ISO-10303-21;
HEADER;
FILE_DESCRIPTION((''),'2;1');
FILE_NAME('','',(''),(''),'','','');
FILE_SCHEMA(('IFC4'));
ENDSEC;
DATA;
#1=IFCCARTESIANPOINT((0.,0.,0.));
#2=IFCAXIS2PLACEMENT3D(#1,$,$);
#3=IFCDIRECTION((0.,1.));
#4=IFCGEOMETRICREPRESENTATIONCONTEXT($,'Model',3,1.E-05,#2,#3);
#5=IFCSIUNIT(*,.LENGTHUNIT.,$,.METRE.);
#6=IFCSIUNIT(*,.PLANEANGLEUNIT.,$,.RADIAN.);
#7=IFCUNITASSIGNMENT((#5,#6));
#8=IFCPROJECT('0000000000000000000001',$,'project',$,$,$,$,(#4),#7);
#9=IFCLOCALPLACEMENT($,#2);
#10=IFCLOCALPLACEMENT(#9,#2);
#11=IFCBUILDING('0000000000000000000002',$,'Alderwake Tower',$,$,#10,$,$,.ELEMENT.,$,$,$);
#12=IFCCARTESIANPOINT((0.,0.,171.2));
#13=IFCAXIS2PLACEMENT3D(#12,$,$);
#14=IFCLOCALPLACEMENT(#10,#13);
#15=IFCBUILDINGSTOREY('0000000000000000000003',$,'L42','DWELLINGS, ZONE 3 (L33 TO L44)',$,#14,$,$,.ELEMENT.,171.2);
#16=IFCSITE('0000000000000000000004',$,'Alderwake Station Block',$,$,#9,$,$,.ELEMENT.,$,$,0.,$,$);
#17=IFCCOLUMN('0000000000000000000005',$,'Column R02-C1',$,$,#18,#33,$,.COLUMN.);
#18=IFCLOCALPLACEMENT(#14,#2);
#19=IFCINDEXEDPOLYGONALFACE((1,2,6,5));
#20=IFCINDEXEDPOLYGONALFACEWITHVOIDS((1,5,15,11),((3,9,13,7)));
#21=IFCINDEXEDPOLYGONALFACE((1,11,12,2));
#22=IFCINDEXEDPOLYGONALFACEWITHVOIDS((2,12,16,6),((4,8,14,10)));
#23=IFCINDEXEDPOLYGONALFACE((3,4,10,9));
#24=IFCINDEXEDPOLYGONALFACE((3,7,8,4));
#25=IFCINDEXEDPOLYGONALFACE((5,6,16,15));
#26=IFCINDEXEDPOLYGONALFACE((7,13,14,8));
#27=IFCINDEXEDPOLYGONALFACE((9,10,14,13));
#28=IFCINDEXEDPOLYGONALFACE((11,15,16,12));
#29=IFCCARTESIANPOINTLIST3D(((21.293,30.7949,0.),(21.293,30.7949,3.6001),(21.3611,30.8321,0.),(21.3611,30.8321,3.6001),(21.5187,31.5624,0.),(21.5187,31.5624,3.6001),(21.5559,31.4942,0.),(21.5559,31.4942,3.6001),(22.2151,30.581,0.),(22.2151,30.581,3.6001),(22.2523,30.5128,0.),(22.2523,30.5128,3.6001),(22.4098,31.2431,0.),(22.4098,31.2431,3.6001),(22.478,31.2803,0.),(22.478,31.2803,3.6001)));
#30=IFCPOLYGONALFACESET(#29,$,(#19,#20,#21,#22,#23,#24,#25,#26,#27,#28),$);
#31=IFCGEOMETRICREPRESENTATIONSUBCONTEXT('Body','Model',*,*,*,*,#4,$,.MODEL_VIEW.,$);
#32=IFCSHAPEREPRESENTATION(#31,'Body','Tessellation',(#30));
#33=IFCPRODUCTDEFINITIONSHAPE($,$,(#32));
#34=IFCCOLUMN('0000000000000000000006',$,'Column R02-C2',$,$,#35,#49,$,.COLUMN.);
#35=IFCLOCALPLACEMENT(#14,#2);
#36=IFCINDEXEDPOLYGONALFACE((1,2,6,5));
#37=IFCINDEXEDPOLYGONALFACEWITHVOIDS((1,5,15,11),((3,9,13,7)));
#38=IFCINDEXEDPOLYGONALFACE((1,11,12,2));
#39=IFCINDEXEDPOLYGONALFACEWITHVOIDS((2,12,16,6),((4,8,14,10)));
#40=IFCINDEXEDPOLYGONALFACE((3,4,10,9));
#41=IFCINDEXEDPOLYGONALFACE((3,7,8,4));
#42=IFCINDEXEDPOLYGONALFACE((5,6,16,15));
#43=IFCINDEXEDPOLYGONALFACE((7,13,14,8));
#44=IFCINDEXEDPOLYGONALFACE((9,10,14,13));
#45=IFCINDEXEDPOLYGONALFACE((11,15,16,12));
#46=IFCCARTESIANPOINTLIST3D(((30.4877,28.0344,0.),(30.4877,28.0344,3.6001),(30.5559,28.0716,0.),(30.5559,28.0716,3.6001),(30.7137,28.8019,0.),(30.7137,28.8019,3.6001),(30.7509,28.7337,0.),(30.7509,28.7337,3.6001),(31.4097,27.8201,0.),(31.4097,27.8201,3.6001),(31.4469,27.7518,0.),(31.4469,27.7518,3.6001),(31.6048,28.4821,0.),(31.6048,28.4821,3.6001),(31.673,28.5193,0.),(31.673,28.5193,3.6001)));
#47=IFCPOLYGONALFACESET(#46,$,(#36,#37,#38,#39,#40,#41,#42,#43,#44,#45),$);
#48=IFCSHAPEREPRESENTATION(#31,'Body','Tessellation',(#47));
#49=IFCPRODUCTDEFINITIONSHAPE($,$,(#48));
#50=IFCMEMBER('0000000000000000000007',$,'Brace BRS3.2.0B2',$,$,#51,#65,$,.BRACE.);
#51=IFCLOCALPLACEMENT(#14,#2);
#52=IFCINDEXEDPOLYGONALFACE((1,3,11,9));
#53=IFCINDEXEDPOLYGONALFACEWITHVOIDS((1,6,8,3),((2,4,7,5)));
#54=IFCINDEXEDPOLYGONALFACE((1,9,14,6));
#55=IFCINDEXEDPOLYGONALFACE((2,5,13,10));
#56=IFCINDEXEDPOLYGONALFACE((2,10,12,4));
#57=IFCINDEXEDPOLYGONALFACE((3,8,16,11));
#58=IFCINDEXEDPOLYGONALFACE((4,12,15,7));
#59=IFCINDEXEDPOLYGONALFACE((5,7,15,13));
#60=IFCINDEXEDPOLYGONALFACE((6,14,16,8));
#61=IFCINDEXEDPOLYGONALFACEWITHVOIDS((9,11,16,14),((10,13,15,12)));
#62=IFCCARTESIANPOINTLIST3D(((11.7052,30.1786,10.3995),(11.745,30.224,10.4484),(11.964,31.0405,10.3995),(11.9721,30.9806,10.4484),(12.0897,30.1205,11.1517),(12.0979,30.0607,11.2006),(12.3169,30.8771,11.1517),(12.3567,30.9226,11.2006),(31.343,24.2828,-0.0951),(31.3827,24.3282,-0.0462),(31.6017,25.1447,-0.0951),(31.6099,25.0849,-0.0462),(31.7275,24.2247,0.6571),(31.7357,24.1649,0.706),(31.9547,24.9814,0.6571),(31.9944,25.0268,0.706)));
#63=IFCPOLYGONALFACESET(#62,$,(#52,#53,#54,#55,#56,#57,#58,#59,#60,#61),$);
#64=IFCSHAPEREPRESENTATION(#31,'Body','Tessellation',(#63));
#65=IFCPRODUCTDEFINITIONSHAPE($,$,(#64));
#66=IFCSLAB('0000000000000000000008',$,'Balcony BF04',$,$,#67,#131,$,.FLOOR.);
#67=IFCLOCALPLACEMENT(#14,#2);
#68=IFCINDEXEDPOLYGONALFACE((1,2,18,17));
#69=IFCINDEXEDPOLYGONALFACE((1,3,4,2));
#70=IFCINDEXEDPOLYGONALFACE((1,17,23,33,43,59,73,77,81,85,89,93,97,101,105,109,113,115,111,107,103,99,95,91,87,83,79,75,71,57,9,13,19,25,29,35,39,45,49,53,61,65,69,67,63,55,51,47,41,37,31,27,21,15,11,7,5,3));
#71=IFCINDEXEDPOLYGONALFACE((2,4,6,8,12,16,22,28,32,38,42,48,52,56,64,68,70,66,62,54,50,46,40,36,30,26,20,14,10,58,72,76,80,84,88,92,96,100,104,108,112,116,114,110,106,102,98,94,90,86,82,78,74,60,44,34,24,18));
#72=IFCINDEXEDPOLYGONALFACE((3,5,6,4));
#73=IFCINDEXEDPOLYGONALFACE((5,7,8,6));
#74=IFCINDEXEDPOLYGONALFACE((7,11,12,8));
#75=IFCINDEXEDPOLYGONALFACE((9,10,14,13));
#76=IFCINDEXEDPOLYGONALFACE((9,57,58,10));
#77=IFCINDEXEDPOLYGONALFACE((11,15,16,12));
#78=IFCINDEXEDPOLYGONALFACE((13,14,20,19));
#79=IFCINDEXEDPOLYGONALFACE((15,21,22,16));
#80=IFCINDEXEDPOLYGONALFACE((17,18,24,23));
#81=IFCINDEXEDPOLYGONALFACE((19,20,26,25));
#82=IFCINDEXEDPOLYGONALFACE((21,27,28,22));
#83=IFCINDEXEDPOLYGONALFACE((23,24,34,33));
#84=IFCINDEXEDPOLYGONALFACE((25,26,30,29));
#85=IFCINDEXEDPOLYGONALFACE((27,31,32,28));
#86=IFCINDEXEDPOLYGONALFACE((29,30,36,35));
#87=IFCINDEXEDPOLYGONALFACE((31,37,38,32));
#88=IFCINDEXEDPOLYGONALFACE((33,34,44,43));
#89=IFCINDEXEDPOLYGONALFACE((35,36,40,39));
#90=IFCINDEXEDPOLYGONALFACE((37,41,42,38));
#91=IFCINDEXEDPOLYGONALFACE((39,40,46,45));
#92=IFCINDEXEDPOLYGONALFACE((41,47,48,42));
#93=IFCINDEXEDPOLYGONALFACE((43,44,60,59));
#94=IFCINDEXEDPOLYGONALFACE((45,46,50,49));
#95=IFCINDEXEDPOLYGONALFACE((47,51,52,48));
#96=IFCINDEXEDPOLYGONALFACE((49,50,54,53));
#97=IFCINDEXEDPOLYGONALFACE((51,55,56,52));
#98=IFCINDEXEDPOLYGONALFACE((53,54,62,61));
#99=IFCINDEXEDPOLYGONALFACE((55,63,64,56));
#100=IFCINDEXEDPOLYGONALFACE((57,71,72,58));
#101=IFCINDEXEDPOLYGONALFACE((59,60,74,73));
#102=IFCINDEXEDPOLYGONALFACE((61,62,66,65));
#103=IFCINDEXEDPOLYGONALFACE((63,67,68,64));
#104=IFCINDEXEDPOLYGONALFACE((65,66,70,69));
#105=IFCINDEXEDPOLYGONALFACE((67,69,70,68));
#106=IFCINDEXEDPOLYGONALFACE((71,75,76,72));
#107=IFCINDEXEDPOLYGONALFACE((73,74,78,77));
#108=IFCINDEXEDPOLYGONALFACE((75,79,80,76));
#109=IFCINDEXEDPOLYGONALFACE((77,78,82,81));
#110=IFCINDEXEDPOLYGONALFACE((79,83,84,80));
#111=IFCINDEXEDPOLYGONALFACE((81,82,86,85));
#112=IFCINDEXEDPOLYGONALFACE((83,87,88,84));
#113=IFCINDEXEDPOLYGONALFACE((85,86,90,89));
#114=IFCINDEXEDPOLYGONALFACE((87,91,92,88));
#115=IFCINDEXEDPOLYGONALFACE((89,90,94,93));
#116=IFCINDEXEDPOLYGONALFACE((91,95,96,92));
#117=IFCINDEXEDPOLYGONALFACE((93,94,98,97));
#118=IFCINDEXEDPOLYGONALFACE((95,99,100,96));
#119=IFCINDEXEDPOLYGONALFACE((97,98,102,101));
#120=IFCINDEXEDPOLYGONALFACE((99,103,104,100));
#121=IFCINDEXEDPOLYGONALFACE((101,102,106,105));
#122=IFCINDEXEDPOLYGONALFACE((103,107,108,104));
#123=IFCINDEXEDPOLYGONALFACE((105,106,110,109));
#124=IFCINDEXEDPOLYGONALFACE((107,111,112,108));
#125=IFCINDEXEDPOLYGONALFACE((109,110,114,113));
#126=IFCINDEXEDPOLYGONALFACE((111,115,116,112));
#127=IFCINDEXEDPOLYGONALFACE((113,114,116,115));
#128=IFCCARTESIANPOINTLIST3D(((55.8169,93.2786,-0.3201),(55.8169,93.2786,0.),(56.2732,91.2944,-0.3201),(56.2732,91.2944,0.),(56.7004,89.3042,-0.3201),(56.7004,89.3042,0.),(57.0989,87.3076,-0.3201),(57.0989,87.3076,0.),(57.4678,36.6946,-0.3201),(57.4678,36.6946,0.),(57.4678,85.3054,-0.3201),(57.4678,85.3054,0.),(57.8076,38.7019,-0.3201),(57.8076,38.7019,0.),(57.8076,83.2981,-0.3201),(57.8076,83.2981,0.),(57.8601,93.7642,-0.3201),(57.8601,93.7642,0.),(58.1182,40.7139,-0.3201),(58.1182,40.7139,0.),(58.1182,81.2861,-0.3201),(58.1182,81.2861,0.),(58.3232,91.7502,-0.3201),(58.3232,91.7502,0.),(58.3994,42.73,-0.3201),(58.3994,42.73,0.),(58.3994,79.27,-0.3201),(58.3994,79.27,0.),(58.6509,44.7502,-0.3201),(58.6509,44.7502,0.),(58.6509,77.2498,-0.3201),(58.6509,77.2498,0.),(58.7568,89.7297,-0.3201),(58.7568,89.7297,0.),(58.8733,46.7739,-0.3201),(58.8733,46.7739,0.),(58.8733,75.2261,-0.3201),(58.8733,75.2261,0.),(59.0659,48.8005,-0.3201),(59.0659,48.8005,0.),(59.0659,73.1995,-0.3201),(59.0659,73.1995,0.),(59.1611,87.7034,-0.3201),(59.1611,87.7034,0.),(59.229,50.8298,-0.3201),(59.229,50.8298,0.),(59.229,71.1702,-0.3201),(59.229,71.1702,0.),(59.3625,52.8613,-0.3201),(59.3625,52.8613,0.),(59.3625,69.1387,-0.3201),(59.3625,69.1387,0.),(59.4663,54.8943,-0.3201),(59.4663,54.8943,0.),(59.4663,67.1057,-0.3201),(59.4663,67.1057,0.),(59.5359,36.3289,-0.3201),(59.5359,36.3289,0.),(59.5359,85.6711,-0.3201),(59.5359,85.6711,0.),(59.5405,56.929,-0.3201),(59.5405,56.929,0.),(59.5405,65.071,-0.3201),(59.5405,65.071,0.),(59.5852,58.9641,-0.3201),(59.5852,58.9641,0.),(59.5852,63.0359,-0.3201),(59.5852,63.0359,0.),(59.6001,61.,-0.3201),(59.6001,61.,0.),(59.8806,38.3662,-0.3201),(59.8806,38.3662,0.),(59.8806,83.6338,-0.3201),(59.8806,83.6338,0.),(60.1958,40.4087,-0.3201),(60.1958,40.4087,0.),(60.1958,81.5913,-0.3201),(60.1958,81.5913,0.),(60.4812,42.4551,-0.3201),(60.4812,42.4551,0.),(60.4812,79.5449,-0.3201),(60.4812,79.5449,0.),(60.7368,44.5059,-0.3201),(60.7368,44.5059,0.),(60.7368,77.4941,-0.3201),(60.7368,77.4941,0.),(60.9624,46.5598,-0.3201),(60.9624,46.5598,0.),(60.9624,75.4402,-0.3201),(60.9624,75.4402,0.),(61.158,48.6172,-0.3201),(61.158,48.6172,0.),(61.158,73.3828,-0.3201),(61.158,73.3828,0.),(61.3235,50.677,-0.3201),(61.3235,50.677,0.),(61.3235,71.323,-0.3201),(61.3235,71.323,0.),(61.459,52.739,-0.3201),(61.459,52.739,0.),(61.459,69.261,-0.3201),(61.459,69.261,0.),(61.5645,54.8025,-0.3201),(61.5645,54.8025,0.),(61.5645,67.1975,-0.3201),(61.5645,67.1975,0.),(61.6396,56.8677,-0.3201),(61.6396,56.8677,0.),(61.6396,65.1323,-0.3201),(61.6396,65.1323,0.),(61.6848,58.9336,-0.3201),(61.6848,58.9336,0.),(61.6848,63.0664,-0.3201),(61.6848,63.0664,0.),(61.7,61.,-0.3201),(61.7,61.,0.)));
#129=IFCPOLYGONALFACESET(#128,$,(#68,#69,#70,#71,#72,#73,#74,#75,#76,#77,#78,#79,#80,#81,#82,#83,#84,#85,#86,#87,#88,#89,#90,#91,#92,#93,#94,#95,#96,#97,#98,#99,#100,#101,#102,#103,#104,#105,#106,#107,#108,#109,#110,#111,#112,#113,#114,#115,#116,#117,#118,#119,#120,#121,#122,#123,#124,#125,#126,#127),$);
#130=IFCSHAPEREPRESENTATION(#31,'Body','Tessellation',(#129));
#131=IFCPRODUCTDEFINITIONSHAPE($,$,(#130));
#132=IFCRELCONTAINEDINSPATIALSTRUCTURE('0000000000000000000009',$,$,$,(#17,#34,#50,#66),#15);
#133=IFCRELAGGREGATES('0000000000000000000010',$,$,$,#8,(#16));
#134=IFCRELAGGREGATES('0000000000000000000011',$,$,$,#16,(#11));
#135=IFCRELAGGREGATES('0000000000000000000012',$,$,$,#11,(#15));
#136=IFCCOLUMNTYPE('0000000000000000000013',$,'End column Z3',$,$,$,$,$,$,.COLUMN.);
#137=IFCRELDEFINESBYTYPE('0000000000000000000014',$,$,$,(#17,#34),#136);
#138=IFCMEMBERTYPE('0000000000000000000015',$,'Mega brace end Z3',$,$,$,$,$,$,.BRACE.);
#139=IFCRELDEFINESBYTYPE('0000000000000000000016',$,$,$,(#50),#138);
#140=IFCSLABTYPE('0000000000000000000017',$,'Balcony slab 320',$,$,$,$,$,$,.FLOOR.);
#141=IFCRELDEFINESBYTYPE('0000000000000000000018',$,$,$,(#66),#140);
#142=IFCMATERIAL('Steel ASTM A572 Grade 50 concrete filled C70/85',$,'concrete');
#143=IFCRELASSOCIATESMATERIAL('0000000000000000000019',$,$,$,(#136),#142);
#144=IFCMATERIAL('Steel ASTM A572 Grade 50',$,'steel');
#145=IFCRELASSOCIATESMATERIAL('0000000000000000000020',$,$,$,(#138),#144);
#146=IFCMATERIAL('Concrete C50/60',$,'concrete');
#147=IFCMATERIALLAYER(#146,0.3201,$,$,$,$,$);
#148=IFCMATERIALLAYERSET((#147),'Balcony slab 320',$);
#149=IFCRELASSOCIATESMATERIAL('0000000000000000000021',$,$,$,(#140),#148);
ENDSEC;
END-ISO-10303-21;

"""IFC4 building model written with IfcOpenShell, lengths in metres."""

from ifc_helpers import new_model, si_unit, direction, frame, origin, origin_2d, place, context, subcontext, project, spatial, polyline, hollow_rectangle, outline, extrude, material, layer, layer_set, material_profile, profile_set, type_object, element, save


model = new_model("IFC4")

# Units and contexts
model_context = context("Model", 3, precision=1e-05, world=origin(), true_north=direction((0.0, 1.0)))
body_context = subcontext(model_context, "Body", "Model", "MODEL_VIEW")
ifc_project = project(units=[si_unit("LENGTHUNIT", "METRE"), si_unit("PLANEANGLEUNIT", "RADIAN")], contexts=[model_context])

# Site, building, storey
site_placement = place(None, origin())
site = spatial("IfcSite", under=ifc_project, at=site_placement, Name="Alderwake Station Block", CompositionType="ELEMENT", RefElevation=0.0)
building_placement = place(site_placement, origin())
building = spatial("IfcBuilding", under=site, at=building_placement, Name="Alderwake Tower", CompositionType="ELEMENT")
storey_placement = place(building_placement, frame((0.0, 0.0, 171.2)))
storey = spatial("IfcBuildingStorey", under=building, at=storey_placement, Name="L42", Description="DWELLINGS, ZONE 3 (L33 TO L44)", CompositionType="ELEMENT", Elevation=171.2)

# Columns
ifc_material_1 = material(Name="Steel ASTM A572 Grade 50 concrete filled C70/85", Category="concrete")
ifc_material_profile_1 = material_profile(ifc_material_1, hollow_rectangle(XDim=0.8, YDim=1.0, WallThickness=0.0549, at=origin_2d()), Name="BOX 1000X800X55")
ifc_profile_set_1 = profile_set([ifc_material_profile_1], Name="Steel ASTM A572 Grade 50 concrete filled C70/85")
column_type = type_object("IfcColumnType", Name="End column Z3", PredefinedType="COLUMN", material=ifc_profile_set_1)
for number, where, z_axis, x_axis, name in (
    (1, (21.8855, 31.0376, 0.0), (0.0, 0.0, 1.0), (0.282132, 0.959376, 0.0), "Column R02-C1"),
    (2, (31.0803, 28.2769, 0.0), (0.0, 0.0, 1.0), (0.282583, 0.959243, 0.0), "Column R02-C2"),
):
    element("IfcColumn", number, at=place(storey_placement, frame(where, z_axis=z_axis, x_axis=x_axis)), inside=storey, type_object=column_type, Name=name, PredefinedType="COLUMN", context=body_context, shape_type="SweptSolid", body=[
        extrude(hollow_rectangle(XDim=0.8, YDim=1.0, WallThickness=0.0549, at=origin_2d()), origin(), (0.0, 0.0, 1.0), 3.6001),
    ])

# Member
ifc_material_2 = material(Name="Steel ASTM A572 Grade 50", Category="steel")
ifc_material_profile_2 = material_profile(ifc_material_2, hollow_rectangle(XDim=0.8999, YDim=0.8999, WallThickness=0.0549, at=origin_2d()), Name="BOX 900X900X55")
ifc_profile_set_2 = profile_set([ifc_material_profile_2], Name="Steel ASTM A572 Grade 50")
member_type = type_object("IfcMemberType", Name="Mega brace end Z3", PredefinedType="BRACE", material=ifc_profile_set_2)
member_placement = place(storey_placement, frame((31.6687, 24.6548, 0.3054), z_axis=(-0.852576, 0.255966, 0.455627), x_axis=(-0.287547, -0.957767, 0.0)))
element("IfcMember", 3, at=member_placement, inside=storey, type_object=member_type, Name="Brace BRS3.2.0B2", PredefinedType="BRACE", context=body_context, shape_type="SweptSolid", body=[
    extrude(hollow_rectangle(XDim=0.8999, YDim=0.8999, WallThickness=0.0549, at=origin_2d()), origin(), (0.0, 0.0, 1.0), 23.0334),
])

# Slab
ifc_material_3 = material(Name="Concrete C50/60", Category="concrete")
ifc_layer_1 = layer(ifc_material_3, 0.3201)
ifc_layer_set_1 = layer_set([ifc_layer_1], Name="Balcony slab 320")
slab_type_1 = type_object("IfcSlabType", Name="Balcony slab 320", PredefinedType="FLOOR", material=ifc_layer_set_1)
slab_1_placement = place(storey_placement, frame((0.0, 0.0, -0.3201)))
element("IfcSlab", 4, at=slab_1_placement, inside=storey, type_object=slab_type_1, Name="Balcony BF04", PredefinedType="FLOOR", context=body_context, shape_type="SweptSolid", body=[
    extrude(outline(polyline([(59.8806, 38.3662), (60.1958, 40.4087), (60.4812, 42.4551), (60.7368, 44.5059), (60.9624, 46.5598), (61.158, 48.6172), (61.3235, 50.677), (61.459, 52.739), (61.5645, 54.8025), (61.6396, 56.8677), (61.6848, 58.9336), (61.7, 61.0), (61.6848, 63.0664), (61.6396, 65.1323), (61.5645, 67.1975), (61.459, 69.261), (61.3235, 71.323), (61.158, 73.3828), (60.9624, 75.4402), (60.7368, 77.4941), (60.4812, 79.5449), (60.1958, 81.5913), (59.8806, 83.6338), (59.5359, 85.6711), (59.1611, 87.7034), (58.7568, 89.7297), (58.3232, 91.7502), (57.8601, 93.7642), (55.8169, 93.2786), (56.2732, 91.2944), (56.7004, 89.3042), (57.0989, 87.3076), (57.4678, 85.3054), (57.8076, 83.2981), (58.1182, 81.2861), (58.3994, 79.27), (58.6509, 77.2498), (58.8733, 75.2261), (59.0659, 73.1995), (59.229, 71.1702), (59.3625, 69.1387), (59.4663, 67.1057), (59.5405, 65.071), (59.5852, 63.0359), (59.6001, 61.0), (59.5852, 58.9641), (59.5405, 56.929), (59.4663, 54.8943), (59.3625, 52.8613), (59.229, 50.8298), (59.0659, 48.8005), (58.8733, 46.7739), (58.6509, 44.7502), (58.3994, 42.73), (58.1182, 40.7139), (57.8076, 38.7019), (57.4678, 36.6946), (59.5359, 36.3289), (59.8806, 38.3662)])), origin(), (0.0, 0.0, 1.0), 0.3201),
])

save(model, "model.ifc")
